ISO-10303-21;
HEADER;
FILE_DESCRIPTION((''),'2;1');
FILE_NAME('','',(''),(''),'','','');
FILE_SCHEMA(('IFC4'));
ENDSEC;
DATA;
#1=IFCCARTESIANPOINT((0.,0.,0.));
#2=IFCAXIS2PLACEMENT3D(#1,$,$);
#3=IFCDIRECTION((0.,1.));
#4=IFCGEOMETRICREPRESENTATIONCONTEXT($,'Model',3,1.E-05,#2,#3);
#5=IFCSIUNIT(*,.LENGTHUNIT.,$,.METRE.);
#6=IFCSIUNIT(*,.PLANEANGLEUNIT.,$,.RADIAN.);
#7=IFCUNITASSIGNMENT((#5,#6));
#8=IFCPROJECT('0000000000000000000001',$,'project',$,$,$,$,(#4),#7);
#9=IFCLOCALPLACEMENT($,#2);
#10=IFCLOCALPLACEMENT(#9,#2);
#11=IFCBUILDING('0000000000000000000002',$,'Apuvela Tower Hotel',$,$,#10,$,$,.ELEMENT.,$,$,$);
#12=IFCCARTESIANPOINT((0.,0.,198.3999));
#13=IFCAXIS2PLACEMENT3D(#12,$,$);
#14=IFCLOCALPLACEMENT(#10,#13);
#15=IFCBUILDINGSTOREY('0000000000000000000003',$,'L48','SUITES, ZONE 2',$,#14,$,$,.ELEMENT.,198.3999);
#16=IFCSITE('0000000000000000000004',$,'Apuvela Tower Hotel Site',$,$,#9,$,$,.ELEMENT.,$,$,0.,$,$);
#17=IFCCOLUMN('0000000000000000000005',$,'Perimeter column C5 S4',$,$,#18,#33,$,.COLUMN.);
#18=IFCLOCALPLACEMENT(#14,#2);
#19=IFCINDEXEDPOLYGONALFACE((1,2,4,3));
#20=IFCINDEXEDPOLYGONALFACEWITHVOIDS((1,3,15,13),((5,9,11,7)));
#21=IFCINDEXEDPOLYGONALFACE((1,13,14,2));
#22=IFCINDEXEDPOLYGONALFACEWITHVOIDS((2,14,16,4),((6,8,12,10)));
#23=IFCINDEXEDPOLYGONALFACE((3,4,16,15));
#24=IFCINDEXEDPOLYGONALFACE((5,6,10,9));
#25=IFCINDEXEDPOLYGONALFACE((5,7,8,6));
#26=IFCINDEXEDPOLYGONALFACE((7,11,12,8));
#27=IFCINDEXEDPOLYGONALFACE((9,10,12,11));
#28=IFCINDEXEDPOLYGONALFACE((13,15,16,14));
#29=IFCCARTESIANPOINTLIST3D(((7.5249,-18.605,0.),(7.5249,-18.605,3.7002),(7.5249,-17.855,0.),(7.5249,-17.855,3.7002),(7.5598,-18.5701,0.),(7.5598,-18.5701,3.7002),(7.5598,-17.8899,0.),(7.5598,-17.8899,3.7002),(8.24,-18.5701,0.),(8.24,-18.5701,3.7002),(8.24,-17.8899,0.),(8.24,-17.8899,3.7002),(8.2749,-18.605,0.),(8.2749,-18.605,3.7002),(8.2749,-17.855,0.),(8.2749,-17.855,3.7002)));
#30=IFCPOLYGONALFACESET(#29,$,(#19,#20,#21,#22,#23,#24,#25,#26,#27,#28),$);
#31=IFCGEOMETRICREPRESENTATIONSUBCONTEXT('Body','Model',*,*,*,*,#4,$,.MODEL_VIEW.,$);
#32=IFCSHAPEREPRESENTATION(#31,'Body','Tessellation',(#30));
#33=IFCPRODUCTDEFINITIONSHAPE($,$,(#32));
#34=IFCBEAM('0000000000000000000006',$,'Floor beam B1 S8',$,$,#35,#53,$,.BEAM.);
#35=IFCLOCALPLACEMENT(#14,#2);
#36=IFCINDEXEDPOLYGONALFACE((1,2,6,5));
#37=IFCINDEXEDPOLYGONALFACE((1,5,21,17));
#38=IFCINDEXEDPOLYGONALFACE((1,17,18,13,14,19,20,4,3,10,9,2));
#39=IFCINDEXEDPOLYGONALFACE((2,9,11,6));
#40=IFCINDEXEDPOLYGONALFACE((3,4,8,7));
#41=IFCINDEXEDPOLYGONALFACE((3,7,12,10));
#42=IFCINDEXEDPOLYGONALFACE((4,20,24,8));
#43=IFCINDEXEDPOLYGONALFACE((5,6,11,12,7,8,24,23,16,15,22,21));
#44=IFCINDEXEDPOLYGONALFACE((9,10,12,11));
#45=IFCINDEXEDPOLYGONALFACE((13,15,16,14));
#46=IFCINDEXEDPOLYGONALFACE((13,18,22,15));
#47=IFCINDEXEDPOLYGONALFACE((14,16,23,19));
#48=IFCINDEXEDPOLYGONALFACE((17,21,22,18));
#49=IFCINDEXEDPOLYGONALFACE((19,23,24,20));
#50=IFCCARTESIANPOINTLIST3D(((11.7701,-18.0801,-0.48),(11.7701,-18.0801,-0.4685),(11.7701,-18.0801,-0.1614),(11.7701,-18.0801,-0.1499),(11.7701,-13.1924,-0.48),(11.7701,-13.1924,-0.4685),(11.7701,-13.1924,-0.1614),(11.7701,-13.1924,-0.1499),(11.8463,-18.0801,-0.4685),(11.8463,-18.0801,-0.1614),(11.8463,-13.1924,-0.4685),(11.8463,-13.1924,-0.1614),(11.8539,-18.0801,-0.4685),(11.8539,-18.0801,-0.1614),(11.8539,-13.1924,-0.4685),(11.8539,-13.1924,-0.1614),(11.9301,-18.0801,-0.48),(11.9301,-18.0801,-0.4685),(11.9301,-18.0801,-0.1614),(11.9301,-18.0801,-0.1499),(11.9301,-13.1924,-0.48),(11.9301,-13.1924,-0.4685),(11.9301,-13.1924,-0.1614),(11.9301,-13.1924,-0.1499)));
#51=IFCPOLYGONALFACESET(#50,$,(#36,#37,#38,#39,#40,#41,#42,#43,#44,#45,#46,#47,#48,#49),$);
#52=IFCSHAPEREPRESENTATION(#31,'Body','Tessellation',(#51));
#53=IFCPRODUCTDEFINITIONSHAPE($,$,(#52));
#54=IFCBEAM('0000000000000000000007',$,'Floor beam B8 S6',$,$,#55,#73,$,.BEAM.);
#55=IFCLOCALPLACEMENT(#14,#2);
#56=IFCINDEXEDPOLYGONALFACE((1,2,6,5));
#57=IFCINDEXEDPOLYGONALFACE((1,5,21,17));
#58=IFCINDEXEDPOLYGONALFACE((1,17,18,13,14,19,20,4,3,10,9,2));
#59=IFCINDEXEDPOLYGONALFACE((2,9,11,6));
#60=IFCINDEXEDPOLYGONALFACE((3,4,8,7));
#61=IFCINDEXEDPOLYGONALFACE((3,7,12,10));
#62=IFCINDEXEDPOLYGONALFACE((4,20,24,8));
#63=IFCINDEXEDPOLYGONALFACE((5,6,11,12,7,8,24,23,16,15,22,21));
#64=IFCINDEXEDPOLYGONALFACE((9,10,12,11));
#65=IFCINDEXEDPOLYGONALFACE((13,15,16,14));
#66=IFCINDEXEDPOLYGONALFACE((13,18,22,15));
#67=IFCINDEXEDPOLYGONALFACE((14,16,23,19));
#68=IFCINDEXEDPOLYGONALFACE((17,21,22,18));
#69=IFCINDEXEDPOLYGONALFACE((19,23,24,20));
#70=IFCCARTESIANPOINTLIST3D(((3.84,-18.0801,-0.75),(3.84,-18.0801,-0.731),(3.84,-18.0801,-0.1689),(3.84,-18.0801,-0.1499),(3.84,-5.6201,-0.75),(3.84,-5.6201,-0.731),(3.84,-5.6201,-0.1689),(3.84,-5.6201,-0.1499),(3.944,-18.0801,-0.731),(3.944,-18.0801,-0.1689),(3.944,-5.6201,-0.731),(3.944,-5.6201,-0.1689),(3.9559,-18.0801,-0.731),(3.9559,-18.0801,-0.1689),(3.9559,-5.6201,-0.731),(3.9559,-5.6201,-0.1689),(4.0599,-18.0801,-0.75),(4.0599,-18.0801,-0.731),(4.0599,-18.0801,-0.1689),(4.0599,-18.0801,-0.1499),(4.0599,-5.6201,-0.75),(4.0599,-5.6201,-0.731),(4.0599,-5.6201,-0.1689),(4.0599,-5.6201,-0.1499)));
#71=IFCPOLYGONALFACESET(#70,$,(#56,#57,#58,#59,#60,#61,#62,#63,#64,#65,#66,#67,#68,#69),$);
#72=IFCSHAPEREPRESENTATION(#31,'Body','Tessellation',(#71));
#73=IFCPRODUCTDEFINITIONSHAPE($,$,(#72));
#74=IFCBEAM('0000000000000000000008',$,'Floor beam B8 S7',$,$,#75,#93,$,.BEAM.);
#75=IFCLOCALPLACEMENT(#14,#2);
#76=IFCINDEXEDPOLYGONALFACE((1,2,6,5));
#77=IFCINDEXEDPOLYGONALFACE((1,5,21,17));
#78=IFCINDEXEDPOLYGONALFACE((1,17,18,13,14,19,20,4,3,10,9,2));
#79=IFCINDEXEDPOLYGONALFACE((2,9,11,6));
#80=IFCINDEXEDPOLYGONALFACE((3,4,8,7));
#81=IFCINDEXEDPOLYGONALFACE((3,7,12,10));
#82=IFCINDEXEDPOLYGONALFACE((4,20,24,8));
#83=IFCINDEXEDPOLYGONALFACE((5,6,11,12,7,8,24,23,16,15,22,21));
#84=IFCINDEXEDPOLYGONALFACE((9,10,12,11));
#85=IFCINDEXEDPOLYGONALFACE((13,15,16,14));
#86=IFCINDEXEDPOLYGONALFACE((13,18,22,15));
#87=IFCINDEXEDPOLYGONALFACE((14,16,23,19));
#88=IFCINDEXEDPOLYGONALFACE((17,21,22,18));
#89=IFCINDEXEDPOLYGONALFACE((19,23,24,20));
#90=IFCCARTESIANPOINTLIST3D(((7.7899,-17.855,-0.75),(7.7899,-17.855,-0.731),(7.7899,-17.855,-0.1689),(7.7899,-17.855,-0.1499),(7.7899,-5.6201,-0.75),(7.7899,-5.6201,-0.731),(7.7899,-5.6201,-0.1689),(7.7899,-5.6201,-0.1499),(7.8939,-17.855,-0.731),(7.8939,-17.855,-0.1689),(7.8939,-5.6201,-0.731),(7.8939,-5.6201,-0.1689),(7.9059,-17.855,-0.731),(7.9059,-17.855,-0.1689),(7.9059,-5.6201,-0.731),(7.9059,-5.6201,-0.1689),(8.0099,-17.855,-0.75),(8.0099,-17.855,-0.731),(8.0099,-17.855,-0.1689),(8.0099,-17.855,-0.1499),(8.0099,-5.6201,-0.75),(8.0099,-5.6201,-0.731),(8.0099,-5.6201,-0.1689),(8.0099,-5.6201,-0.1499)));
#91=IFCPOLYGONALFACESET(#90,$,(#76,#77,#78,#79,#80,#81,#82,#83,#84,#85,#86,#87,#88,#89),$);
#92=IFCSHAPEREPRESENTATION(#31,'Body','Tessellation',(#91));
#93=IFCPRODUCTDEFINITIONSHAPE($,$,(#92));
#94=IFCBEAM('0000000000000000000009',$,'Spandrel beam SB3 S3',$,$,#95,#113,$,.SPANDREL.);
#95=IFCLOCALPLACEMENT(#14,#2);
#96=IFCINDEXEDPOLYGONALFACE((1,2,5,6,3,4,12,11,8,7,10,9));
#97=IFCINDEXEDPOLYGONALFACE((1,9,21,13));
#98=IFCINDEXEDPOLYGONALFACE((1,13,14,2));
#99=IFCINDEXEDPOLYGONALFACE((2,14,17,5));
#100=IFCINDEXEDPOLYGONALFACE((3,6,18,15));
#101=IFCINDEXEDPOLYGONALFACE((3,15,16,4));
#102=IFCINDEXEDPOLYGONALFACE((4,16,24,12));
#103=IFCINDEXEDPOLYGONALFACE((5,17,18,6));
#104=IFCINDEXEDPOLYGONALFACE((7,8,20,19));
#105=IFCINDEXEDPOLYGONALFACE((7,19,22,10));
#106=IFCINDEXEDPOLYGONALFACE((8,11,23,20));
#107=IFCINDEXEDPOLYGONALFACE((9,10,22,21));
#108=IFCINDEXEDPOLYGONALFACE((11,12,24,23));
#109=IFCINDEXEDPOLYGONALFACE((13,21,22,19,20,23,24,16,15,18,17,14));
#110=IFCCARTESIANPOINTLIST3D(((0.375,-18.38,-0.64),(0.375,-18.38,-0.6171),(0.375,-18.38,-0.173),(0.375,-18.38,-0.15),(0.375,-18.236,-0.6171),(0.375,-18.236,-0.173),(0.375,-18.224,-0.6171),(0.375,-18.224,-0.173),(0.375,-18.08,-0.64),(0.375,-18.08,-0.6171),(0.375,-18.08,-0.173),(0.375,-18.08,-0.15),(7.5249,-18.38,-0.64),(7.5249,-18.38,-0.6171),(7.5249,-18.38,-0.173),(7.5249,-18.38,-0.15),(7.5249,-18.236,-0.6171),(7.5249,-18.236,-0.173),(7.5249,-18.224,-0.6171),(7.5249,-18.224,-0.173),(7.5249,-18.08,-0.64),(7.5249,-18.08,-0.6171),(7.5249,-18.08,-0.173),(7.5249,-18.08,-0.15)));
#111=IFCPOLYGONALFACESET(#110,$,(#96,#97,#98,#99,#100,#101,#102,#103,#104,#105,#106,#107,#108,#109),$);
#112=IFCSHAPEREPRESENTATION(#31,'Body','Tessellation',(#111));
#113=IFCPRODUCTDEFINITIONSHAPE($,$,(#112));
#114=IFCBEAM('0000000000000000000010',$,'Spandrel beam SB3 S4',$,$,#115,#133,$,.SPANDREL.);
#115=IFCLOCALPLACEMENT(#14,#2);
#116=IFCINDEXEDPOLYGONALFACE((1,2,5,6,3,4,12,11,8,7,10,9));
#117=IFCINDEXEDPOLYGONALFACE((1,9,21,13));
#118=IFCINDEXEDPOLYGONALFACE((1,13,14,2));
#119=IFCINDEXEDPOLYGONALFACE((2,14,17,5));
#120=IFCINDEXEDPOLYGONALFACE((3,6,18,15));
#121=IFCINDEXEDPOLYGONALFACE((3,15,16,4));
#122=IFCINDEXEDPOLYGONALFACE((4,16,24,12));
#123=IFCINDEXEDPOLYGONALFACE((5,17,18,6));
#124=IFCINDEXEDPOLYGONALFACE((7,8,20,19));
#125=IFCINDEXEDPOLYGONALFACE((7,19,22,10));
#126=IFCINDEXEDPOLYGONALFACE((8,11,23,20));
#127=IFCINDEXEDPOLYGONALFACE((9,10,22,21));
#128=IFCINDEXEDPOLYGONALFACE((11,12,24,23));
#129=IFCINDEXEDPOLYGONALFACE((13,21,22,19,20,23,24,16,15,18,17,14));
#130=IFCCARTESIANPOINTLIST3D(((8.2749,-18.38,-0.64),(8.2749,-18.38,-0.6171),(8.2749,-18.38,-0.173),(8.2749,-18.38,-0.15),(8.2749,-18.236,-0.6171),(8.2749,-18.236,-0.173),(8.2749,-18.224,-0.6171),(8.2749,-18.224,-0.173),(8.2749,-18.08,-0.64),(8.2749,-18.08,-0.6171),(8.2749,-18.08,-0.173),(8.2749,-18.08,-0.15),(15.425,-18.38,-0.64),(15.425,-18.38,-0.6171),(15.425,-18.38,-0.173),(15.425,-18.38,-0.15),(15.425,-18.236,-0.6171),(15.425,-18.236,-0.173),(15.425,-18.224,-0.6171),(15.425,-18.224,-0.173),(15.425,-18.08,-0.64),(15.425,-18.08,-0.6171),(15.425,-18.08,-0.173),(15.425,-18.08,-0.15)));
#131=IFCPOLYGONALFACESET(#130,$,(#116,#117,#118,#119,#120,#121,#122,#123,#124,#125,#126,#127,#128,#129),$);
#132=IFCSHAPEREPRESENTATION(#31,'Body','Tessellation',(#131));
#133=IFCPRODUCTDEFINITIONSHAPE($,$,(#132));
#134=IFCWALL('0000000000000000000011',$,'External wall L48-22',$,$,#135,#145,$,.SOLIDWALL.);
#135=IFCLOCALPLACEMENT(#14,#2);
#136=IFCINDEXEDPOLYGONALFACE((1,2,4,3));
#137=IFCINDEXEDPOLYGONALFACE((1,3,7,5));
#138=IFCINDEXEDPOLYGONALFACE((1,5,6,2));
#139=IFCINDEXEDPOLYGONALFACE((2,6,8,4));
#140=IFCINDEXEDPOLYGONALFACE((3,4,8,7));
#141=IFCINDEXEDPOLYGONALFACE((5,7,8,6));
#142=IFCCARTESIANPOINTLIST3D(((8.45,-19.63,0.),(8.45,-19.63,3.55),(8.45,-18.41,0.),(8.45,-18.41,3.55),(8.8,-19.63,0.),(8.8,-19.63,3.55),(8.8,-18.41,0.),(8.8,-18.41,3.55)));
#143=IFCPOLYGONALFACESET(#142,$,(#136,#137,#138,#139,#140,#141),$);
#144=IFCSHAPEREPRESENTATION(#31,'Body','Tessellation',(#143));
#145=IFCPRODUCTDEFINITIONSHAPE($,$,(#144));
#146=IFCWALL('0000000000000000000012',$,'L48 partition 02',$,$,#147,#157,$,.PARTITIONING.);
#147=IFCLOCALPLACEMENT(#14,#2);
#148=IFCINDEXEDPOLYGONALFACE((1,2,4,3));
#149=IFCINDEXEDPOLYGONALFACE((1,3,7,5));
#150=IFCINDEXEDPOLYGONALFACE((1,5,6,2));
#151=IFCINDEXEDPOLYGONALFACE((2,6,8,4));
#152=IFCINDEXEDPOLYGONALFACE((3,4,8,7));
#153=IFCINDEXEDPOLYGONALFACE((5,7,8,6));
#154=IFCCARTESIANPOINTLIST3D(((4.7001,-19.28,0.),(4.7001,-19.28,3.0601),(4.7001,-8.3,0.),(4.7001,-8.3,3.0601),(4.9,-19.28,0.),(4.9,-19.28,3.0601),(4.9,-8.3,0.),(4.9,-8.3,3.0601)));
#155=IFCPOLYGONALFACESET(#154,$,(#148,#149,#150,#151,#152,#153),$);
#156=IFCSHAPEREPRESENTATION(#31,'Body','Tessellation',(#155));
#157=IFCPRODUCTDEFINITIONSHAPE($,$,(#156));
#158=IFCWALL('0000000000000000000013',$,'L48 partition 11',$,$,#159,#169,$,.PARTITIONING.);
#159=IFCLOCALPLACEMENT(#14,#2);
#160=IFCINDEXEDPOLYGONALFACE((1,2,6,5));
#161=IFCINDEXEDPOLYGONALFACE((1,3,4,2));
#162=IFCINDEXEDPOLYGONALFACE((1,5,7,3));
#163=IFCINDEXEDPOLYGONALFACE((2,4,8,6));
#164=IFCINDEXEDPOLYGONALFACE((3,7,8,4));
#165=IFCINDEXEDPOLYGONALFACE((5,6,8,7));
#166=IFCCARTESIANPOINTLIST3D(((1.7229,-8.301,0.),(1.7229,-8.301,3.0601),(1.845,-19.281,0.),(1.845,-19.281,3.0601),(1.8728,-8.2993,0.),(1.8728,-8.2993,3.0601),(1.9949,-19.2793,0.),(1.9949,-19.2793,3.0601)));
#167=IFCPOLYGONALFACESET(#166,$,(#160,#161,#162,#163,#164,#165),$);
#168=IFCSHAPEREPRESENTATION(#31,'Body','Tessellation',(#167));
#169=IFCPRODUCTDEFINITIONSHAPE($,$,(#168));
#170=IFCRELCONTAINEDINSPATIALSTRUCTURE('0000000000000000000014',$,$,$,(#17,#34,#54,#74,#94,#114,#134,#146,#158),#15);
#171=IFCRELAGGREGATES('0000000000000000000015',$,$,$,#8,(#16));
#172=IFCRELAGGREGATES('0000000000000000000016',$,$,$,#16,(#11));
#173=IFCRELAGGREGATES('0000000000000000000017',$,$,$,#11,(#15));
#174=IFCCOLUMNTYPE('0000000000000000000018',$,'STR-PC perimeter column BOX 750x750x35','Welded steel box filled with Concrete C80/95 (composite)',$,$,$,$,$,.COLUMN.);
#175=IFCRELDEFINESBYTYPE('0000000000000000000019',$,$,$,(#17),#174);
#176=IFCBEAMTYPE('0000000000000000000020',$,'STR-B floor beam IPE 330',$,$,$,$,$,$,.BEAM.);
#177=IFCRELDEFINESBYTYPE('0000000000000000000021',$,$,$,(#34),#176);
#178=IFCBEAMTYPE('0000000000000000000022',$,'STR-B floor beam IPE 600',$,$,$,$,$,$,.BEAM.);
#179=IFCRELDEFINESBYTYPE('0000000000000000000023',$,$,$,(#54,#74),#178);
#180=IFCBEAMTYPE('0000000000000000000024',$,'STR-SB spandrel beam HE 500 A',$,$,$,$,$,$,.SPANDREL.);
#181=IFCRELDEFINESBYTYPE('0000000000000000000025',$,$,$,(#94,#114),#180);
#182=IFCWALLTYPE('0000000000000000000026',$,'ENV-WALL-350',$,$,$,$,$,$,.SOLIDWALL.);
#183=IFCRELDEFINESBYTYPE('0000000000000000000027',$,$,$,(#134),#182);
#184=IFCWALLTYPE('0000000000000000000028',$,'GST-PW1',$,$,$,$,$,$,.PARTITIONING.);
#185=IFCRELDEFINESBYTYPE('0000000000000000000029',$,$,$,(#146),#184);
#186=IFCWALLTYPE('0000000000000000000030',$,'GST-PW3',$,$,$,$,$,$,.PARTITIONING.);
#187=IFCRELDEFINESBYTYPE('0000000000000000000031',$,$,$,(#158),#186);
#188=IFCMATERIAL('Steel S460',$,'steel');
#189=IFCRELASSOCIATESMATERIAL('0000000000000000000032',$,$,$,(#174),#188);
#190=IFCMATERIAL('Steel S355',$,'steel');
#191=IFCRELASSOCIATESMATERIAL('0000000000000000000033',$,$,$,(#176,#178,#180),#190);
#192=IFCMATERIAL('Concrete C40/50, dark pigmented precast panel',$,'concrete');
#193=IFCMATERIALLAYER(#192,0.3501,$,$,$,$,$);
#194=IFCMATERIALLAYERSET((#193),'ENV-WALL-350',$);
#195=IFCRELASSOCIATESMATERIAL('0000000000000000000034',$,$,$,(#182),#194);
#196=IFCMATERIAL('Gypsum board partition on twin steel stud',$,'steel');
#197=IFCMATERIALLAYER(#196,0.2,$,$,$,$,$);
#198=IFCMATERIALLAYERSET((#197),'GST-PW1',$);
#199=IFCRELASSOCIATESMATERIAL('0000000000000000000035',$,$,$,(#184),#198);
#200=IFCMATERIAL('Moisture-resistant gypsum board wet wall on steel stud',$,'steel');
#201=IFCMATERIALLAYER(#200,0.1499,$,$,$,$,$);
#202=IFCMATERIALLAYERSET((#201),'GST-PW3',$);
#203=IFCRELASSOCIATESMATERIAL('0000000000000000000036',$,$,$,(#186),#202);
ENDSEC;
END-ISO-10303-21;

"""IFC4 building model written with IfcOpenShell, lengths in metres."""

from ifc_helpers import new_model, si_unit, direction, frame, frame_2d, origin, origin_2d, place, context, subcontext, project, spatial, rectangle, hollow_rectangle, i_section, extrude, material, layer, layer_set, material_profile, profile_set, type_object, element, save


model = new_model("IFC4")

# Units and contexts
model_context = context("Model", 3, precision=1e-05, world=origin(), true_north=direction((0.0, 1.0)))
body_context = subcontext(model_context, "Body", "Model", "MODEL_VIEW")
ifc_project = project(units=[si_unit("LENGTHUNIT", "METRE"), si_unit("PLANEANGLEUNIT", "RADIAN")], contexts=[model_context])

# Site, building, storey
site_placement = place(None, origin())
site = spatial("IfcSite", under=ifc_project, at=site_placement, Name="Apuvela Tower Hotel Site", CompositionType="ELEMENT", RefElevation=0.0)
building_placement = place(site_placement, origin())
building = spatial("IfcBuilding", under=site, at=building_placement, Name="Apuvela Tower Hotel", CompositionType="ELEMENT")
storey_placement = place(building_placement, frame((0.0, 0.0, 198.3999)))
storey = spatial("IfcBuildingStorey", under=building, at=storey_placement, Name="L48", Description="SUITES, ZONE 2", CompositionType="ELEMENT", Elevation=198.3999)

# Column
ifc_material_1 = material(Name="Steel S460", Category="steel")
ifc_material_profile_1 = material_profile(ifc_material_1, hollow_rectangle(XDim=0.75, YDim=0.75, WallThickness=0.0349, at=origin_2d()), Name="BOX 750x750x35")
ifc_material_2 = material(Name="Concrete C80/95", Category="concrete")
ifc_material_profile_2 = material_profile(ifc_material_2, rectangle(XDim=0.6799, YDim=0.6799, at=origin_2d()), Name="Concrete C80/95 infill")
ifc_profile_set_1 = profile_set([ifc_material_profile_1, ifc_material_profile_2], Name="Steel S460")
column_type = type_object("IfcColumnType", Name="STR-PC perimeter column BOX 750x750x35", Description="Welded steel box filled with Concrete C80/95 (composite)", PredefinedType="COLUMN", material=ifc_profile_set_1)
column_placement = place(storey_placement, frame((7.8999, -18.23, 0.0), z_axis=(0.0, 0.0, 1.0), x_axis=(-1.0, 0.0, 0.0)))
element("IfcColumn", 1, at=column_placement, inside=storey, type_object=column_type, Name="Perimeter column C5 S4", PredefinedType="COLUMN", context=body_context, shape_type="SweptSolid", body=[
    extrude(hollow_rectangle(XDim=0.75, YDim=0.75, WallThickness=0.0349, at=origin_2d()), origin(), (0.0, 0.0, 1.0), 3.7002),
])

# Beams
ifc_material_3 = material(Name="Steel S355", Category="steel")
ifc_material_profile_3 = material_profile(ifc_material_3, i_section(OverallWidth=0.1599, OverallDepth=0.3301, WebThickness=0.0076, FlangeThickness=0.0115, at=origin_2d()), Name="IPE 330")
ifc_profile_set_2 = profile_set([ifc_material_profile_3], Name="Steel S355")
beam_type_1 = type_object("IfcBeamType", Name="STR-B floor beam IPE 330", PredefinedType="BEAM", material=ifc_profile_set_2)
beam_1_placement = place(storey_placement, frame((11.8501, -18.0801, -0.3149), z_axis=(0.0, 1.0, 0.0), x_axis=(-1.0, 0.0, 0.0)))
element("IfcBeam", 2, at=beam_1_placement, inside=storey, type_object=beam_type_1, Name="Floor beam B1 S8", PredefinedType="BEAM", context=body_context, shape_type="SweptSolid", body=[
    extrude(i_section(OverallWidth=0.1599, OverallDepth=0.3301, WebThickness=0.0076, FlangeThickness=0.0115, at=origin_2d()), origin(), (0.0, 0.0, 1.0), 4.8877),
])
ifc_material_profile_4 = material_profile(ifc_material_3, i_section(OverallWidth=0.22, OverallDepth=0.6001, WebThickness=0.012, FlangeThickness=0.019, at=origin_2d()), Name="IPE 600")
ifc_profile_set_3 = profile_set([ifc_material_profile_4], Name="Steel S355")
beam_type_2 = type_object("IfcBeamType", Name="STR-B floor beam IPE 600", PredefinedType="BEAM", material=ifc_profile_set_3)
beam_2_placement = place(storey_placement, frame((3.95, -18.0801, -0.45), z_axis=(0.0, 1.0, 0.0), x_axis=(-1.0, 0.0, 0.0)))
element("IfcBeam", 3, at=beam_2_placement, inside=storey, type_object=beam_type_2, Name="Floor beam B8 S6", PredefinedType="BEAM", context=body_context, shape_type="SweptSolid", body=[
    extrude(i_section(OverallWidth=0.22, OverallDepth=0.6001, WebThickness=0.012, FlangeThickness=0.019, at=origin_2d()), origin(), (0.0, 0.0, 1.0), 12.46),
])
beam_3_placement = place(storey_placement, frame((7.8999, -17.855, -0.45), z_axis=(0.0, 1.0, 0.0), x_axis=(-1.0, 0.0, 0.0)))
element("IfcBeam", 4, at=beam_3_placement, inside=storey, type_object=beam_type_2, Name="Floor beam B8 S7", PredefinedType="BEAM", context=body_context, shape_type="SweptSolid", body=[
    extrude(i_section(OverallWidth=0.22, OverallDepth=0.6001, WebThickness=0.012, FlangeThickness=0.019, at=origin_2d()), origin(), (0.0, 0.0, 1.0), 12.2349),
])
ifc_material_profile_5 = material_profile(ifc_material_3, i_section(OverallWidth=0.3, OverallDepth=0.49, WebThickness=0.012, FlangeThickness=0.0229, at=origin_2d()), Name="HE 500 A")
ifc_profile_set_4 = profile_set([ifc_material_profile_5], Name="Steel S355")
beam_type_3 = type_object("IfcBeamType", Name="STR-SB spandrel beam HE 500 A", PredefinedType="SPANDREL", material=ifc_profile_set_4)
beam_4_placement = place(storey_placement, frame((0.375, -18.23, -0.395), z_axis=(1.0, 0.0, 0.0), x_axis=(0.0, 1.0, 0.0)))
element("IfcBeam", 5, at=beam_4_placement, inside=storey, type_object=beam_type_3, Name="Spandrel beam SB3 S3", PredefinedType="SPANDREL", context=body_context, shape_type="SweptSolid", body=[
    extrude(i_section(OverallWidth=0.3, OverallDepth=0.49, WebThickness=0.012, FlangeThickness=0.0229, at=origin_2d()), origin(), (0.0, 0.0, 1.0), 7.1499),
])
beam_5_placement = place(storey_placement, frame((8.2749, -18.23, -0.395), z_axis=(1.0, 0.0, 0.0), x_axis=(0.0, 1.0, 0.0)))
element("IfcBeam", 6, at=beam_5_placement, inside=storey, type_object=beam_type_3, Name="Spandrel beam SB3 S4", PredefinedType="SPANDREL", context=body_context, shape_type="SweptSolid", body=[
    extrude(i_section(OverallWidth=0.3, OverallDepth=0.49, WebThickness=0.012, FlangeThickness=0.0229, at=origin_2d()), origin(), (0.0, 0.0, 1.0), 7.1501),
])

# Wall
ifc_material_4 = material(Name="Concrete C40/50, dark pigmented precast panel", Category="concrete")
ifc_layer_1 = layer(ifc_material_4, 0.3501)
ifc_layer_set_1 = layer_set([ifc_layer_1], Name="ENV-WALL-350")
wall_type_1 = type_object("IfcWallType", Name="ENV-WALL-350", PredefinedType="SOLIDWALL", material=ifc_layer_set_1)
wall_1_placement = place(storey_placement, frame((8.625, -19.6299, 0.0), z_axis=(0.0, 0.0, 1.0), x_axis=(0.0, 1.0, 0.0)))
element("IfcWall", 7, at=wall_1_placement, inside=storey, type_object=wall_type_1, Name="External wall L48-22", PredefinedType="SOLIDWALL", context=body_context, shape_type="SweptSolid", body=[
    extrude(rectangle(XDim=1.22, YDim=0.3501, at=frame_2d((0.6099, 0.0))), origin(), (0.0, 0.0, 1.0), 3.55),
])

# Walls
ifc_material_5 = material(Name="Gypsum board partition on twin steel stud", Category="steel")
ifc_layer_2 = layer(ifc_material_5, 0.2)
ifc_layer_set_2 = layer_set([ifc_layer_2], Name="GST-PW1")
wall_type_2 = type_object("IfcWallType", Name="GST-PW1", PredefinedType="PARTITIONING", material=ifc_layer_set_2)
wall_2_placement = place(storey_placement, frame((4.8, -19.28, 0.0), z_axis=(0.0, 0.0, 1.0), x_axis=(0.0, 1.0, 0.0)))
element("IfcWall", 8, at=wall_2_placement, inside=storey, type_object=wall_type_2, Name="L48 partition 02", PredefinedType="PARTITIONING", context=body_context, shape_type="SweptSolid", body=[
    extrude(rectangle(XDim=10.98, YDim=0.2, at=frame_2d((5.49, 0.0))), origin(), (0.0, 0.0, 1.0), 3.0601),
])
ifc_material_6 = material(Name="Moisture-resistant gypsum board wet wall on steel stud", Category="steel")
ifc_layer_3 = layer(ifc_material_6, 0.1499)
ifc_layer_set_3 = layer_set([ifc_layer_3], Name="GST-PW3")
wall_type_3 = type_object("IfcWallType", Name="GST-PW3", PredefinedType="PARTITIONING", material=ifc_layer_set_3)
wall_3_placement = place(storey_placement, frame((1.9199, -19.28, 0.0), z_axis=(0.0, 0.0, 1.0), x_axis=(-0.011117, 0.999938, 0.0)))
element("IfcWall", 9, at=wall_3_placement, inside=storey, type_object=wall_type_3, Name="L48 partition 11", PredefinedType="PARTITIONING", context=body_context, shape_type="SweptSolid", body=[
    extrude(rectangle(XDim=10.9807, YDim=0.1499, at=frame_2d((5.4902, 0.0))), origin(), (0.0, 0.0, 1.0), 3.0601),
])

save(model, "model.ifc")
